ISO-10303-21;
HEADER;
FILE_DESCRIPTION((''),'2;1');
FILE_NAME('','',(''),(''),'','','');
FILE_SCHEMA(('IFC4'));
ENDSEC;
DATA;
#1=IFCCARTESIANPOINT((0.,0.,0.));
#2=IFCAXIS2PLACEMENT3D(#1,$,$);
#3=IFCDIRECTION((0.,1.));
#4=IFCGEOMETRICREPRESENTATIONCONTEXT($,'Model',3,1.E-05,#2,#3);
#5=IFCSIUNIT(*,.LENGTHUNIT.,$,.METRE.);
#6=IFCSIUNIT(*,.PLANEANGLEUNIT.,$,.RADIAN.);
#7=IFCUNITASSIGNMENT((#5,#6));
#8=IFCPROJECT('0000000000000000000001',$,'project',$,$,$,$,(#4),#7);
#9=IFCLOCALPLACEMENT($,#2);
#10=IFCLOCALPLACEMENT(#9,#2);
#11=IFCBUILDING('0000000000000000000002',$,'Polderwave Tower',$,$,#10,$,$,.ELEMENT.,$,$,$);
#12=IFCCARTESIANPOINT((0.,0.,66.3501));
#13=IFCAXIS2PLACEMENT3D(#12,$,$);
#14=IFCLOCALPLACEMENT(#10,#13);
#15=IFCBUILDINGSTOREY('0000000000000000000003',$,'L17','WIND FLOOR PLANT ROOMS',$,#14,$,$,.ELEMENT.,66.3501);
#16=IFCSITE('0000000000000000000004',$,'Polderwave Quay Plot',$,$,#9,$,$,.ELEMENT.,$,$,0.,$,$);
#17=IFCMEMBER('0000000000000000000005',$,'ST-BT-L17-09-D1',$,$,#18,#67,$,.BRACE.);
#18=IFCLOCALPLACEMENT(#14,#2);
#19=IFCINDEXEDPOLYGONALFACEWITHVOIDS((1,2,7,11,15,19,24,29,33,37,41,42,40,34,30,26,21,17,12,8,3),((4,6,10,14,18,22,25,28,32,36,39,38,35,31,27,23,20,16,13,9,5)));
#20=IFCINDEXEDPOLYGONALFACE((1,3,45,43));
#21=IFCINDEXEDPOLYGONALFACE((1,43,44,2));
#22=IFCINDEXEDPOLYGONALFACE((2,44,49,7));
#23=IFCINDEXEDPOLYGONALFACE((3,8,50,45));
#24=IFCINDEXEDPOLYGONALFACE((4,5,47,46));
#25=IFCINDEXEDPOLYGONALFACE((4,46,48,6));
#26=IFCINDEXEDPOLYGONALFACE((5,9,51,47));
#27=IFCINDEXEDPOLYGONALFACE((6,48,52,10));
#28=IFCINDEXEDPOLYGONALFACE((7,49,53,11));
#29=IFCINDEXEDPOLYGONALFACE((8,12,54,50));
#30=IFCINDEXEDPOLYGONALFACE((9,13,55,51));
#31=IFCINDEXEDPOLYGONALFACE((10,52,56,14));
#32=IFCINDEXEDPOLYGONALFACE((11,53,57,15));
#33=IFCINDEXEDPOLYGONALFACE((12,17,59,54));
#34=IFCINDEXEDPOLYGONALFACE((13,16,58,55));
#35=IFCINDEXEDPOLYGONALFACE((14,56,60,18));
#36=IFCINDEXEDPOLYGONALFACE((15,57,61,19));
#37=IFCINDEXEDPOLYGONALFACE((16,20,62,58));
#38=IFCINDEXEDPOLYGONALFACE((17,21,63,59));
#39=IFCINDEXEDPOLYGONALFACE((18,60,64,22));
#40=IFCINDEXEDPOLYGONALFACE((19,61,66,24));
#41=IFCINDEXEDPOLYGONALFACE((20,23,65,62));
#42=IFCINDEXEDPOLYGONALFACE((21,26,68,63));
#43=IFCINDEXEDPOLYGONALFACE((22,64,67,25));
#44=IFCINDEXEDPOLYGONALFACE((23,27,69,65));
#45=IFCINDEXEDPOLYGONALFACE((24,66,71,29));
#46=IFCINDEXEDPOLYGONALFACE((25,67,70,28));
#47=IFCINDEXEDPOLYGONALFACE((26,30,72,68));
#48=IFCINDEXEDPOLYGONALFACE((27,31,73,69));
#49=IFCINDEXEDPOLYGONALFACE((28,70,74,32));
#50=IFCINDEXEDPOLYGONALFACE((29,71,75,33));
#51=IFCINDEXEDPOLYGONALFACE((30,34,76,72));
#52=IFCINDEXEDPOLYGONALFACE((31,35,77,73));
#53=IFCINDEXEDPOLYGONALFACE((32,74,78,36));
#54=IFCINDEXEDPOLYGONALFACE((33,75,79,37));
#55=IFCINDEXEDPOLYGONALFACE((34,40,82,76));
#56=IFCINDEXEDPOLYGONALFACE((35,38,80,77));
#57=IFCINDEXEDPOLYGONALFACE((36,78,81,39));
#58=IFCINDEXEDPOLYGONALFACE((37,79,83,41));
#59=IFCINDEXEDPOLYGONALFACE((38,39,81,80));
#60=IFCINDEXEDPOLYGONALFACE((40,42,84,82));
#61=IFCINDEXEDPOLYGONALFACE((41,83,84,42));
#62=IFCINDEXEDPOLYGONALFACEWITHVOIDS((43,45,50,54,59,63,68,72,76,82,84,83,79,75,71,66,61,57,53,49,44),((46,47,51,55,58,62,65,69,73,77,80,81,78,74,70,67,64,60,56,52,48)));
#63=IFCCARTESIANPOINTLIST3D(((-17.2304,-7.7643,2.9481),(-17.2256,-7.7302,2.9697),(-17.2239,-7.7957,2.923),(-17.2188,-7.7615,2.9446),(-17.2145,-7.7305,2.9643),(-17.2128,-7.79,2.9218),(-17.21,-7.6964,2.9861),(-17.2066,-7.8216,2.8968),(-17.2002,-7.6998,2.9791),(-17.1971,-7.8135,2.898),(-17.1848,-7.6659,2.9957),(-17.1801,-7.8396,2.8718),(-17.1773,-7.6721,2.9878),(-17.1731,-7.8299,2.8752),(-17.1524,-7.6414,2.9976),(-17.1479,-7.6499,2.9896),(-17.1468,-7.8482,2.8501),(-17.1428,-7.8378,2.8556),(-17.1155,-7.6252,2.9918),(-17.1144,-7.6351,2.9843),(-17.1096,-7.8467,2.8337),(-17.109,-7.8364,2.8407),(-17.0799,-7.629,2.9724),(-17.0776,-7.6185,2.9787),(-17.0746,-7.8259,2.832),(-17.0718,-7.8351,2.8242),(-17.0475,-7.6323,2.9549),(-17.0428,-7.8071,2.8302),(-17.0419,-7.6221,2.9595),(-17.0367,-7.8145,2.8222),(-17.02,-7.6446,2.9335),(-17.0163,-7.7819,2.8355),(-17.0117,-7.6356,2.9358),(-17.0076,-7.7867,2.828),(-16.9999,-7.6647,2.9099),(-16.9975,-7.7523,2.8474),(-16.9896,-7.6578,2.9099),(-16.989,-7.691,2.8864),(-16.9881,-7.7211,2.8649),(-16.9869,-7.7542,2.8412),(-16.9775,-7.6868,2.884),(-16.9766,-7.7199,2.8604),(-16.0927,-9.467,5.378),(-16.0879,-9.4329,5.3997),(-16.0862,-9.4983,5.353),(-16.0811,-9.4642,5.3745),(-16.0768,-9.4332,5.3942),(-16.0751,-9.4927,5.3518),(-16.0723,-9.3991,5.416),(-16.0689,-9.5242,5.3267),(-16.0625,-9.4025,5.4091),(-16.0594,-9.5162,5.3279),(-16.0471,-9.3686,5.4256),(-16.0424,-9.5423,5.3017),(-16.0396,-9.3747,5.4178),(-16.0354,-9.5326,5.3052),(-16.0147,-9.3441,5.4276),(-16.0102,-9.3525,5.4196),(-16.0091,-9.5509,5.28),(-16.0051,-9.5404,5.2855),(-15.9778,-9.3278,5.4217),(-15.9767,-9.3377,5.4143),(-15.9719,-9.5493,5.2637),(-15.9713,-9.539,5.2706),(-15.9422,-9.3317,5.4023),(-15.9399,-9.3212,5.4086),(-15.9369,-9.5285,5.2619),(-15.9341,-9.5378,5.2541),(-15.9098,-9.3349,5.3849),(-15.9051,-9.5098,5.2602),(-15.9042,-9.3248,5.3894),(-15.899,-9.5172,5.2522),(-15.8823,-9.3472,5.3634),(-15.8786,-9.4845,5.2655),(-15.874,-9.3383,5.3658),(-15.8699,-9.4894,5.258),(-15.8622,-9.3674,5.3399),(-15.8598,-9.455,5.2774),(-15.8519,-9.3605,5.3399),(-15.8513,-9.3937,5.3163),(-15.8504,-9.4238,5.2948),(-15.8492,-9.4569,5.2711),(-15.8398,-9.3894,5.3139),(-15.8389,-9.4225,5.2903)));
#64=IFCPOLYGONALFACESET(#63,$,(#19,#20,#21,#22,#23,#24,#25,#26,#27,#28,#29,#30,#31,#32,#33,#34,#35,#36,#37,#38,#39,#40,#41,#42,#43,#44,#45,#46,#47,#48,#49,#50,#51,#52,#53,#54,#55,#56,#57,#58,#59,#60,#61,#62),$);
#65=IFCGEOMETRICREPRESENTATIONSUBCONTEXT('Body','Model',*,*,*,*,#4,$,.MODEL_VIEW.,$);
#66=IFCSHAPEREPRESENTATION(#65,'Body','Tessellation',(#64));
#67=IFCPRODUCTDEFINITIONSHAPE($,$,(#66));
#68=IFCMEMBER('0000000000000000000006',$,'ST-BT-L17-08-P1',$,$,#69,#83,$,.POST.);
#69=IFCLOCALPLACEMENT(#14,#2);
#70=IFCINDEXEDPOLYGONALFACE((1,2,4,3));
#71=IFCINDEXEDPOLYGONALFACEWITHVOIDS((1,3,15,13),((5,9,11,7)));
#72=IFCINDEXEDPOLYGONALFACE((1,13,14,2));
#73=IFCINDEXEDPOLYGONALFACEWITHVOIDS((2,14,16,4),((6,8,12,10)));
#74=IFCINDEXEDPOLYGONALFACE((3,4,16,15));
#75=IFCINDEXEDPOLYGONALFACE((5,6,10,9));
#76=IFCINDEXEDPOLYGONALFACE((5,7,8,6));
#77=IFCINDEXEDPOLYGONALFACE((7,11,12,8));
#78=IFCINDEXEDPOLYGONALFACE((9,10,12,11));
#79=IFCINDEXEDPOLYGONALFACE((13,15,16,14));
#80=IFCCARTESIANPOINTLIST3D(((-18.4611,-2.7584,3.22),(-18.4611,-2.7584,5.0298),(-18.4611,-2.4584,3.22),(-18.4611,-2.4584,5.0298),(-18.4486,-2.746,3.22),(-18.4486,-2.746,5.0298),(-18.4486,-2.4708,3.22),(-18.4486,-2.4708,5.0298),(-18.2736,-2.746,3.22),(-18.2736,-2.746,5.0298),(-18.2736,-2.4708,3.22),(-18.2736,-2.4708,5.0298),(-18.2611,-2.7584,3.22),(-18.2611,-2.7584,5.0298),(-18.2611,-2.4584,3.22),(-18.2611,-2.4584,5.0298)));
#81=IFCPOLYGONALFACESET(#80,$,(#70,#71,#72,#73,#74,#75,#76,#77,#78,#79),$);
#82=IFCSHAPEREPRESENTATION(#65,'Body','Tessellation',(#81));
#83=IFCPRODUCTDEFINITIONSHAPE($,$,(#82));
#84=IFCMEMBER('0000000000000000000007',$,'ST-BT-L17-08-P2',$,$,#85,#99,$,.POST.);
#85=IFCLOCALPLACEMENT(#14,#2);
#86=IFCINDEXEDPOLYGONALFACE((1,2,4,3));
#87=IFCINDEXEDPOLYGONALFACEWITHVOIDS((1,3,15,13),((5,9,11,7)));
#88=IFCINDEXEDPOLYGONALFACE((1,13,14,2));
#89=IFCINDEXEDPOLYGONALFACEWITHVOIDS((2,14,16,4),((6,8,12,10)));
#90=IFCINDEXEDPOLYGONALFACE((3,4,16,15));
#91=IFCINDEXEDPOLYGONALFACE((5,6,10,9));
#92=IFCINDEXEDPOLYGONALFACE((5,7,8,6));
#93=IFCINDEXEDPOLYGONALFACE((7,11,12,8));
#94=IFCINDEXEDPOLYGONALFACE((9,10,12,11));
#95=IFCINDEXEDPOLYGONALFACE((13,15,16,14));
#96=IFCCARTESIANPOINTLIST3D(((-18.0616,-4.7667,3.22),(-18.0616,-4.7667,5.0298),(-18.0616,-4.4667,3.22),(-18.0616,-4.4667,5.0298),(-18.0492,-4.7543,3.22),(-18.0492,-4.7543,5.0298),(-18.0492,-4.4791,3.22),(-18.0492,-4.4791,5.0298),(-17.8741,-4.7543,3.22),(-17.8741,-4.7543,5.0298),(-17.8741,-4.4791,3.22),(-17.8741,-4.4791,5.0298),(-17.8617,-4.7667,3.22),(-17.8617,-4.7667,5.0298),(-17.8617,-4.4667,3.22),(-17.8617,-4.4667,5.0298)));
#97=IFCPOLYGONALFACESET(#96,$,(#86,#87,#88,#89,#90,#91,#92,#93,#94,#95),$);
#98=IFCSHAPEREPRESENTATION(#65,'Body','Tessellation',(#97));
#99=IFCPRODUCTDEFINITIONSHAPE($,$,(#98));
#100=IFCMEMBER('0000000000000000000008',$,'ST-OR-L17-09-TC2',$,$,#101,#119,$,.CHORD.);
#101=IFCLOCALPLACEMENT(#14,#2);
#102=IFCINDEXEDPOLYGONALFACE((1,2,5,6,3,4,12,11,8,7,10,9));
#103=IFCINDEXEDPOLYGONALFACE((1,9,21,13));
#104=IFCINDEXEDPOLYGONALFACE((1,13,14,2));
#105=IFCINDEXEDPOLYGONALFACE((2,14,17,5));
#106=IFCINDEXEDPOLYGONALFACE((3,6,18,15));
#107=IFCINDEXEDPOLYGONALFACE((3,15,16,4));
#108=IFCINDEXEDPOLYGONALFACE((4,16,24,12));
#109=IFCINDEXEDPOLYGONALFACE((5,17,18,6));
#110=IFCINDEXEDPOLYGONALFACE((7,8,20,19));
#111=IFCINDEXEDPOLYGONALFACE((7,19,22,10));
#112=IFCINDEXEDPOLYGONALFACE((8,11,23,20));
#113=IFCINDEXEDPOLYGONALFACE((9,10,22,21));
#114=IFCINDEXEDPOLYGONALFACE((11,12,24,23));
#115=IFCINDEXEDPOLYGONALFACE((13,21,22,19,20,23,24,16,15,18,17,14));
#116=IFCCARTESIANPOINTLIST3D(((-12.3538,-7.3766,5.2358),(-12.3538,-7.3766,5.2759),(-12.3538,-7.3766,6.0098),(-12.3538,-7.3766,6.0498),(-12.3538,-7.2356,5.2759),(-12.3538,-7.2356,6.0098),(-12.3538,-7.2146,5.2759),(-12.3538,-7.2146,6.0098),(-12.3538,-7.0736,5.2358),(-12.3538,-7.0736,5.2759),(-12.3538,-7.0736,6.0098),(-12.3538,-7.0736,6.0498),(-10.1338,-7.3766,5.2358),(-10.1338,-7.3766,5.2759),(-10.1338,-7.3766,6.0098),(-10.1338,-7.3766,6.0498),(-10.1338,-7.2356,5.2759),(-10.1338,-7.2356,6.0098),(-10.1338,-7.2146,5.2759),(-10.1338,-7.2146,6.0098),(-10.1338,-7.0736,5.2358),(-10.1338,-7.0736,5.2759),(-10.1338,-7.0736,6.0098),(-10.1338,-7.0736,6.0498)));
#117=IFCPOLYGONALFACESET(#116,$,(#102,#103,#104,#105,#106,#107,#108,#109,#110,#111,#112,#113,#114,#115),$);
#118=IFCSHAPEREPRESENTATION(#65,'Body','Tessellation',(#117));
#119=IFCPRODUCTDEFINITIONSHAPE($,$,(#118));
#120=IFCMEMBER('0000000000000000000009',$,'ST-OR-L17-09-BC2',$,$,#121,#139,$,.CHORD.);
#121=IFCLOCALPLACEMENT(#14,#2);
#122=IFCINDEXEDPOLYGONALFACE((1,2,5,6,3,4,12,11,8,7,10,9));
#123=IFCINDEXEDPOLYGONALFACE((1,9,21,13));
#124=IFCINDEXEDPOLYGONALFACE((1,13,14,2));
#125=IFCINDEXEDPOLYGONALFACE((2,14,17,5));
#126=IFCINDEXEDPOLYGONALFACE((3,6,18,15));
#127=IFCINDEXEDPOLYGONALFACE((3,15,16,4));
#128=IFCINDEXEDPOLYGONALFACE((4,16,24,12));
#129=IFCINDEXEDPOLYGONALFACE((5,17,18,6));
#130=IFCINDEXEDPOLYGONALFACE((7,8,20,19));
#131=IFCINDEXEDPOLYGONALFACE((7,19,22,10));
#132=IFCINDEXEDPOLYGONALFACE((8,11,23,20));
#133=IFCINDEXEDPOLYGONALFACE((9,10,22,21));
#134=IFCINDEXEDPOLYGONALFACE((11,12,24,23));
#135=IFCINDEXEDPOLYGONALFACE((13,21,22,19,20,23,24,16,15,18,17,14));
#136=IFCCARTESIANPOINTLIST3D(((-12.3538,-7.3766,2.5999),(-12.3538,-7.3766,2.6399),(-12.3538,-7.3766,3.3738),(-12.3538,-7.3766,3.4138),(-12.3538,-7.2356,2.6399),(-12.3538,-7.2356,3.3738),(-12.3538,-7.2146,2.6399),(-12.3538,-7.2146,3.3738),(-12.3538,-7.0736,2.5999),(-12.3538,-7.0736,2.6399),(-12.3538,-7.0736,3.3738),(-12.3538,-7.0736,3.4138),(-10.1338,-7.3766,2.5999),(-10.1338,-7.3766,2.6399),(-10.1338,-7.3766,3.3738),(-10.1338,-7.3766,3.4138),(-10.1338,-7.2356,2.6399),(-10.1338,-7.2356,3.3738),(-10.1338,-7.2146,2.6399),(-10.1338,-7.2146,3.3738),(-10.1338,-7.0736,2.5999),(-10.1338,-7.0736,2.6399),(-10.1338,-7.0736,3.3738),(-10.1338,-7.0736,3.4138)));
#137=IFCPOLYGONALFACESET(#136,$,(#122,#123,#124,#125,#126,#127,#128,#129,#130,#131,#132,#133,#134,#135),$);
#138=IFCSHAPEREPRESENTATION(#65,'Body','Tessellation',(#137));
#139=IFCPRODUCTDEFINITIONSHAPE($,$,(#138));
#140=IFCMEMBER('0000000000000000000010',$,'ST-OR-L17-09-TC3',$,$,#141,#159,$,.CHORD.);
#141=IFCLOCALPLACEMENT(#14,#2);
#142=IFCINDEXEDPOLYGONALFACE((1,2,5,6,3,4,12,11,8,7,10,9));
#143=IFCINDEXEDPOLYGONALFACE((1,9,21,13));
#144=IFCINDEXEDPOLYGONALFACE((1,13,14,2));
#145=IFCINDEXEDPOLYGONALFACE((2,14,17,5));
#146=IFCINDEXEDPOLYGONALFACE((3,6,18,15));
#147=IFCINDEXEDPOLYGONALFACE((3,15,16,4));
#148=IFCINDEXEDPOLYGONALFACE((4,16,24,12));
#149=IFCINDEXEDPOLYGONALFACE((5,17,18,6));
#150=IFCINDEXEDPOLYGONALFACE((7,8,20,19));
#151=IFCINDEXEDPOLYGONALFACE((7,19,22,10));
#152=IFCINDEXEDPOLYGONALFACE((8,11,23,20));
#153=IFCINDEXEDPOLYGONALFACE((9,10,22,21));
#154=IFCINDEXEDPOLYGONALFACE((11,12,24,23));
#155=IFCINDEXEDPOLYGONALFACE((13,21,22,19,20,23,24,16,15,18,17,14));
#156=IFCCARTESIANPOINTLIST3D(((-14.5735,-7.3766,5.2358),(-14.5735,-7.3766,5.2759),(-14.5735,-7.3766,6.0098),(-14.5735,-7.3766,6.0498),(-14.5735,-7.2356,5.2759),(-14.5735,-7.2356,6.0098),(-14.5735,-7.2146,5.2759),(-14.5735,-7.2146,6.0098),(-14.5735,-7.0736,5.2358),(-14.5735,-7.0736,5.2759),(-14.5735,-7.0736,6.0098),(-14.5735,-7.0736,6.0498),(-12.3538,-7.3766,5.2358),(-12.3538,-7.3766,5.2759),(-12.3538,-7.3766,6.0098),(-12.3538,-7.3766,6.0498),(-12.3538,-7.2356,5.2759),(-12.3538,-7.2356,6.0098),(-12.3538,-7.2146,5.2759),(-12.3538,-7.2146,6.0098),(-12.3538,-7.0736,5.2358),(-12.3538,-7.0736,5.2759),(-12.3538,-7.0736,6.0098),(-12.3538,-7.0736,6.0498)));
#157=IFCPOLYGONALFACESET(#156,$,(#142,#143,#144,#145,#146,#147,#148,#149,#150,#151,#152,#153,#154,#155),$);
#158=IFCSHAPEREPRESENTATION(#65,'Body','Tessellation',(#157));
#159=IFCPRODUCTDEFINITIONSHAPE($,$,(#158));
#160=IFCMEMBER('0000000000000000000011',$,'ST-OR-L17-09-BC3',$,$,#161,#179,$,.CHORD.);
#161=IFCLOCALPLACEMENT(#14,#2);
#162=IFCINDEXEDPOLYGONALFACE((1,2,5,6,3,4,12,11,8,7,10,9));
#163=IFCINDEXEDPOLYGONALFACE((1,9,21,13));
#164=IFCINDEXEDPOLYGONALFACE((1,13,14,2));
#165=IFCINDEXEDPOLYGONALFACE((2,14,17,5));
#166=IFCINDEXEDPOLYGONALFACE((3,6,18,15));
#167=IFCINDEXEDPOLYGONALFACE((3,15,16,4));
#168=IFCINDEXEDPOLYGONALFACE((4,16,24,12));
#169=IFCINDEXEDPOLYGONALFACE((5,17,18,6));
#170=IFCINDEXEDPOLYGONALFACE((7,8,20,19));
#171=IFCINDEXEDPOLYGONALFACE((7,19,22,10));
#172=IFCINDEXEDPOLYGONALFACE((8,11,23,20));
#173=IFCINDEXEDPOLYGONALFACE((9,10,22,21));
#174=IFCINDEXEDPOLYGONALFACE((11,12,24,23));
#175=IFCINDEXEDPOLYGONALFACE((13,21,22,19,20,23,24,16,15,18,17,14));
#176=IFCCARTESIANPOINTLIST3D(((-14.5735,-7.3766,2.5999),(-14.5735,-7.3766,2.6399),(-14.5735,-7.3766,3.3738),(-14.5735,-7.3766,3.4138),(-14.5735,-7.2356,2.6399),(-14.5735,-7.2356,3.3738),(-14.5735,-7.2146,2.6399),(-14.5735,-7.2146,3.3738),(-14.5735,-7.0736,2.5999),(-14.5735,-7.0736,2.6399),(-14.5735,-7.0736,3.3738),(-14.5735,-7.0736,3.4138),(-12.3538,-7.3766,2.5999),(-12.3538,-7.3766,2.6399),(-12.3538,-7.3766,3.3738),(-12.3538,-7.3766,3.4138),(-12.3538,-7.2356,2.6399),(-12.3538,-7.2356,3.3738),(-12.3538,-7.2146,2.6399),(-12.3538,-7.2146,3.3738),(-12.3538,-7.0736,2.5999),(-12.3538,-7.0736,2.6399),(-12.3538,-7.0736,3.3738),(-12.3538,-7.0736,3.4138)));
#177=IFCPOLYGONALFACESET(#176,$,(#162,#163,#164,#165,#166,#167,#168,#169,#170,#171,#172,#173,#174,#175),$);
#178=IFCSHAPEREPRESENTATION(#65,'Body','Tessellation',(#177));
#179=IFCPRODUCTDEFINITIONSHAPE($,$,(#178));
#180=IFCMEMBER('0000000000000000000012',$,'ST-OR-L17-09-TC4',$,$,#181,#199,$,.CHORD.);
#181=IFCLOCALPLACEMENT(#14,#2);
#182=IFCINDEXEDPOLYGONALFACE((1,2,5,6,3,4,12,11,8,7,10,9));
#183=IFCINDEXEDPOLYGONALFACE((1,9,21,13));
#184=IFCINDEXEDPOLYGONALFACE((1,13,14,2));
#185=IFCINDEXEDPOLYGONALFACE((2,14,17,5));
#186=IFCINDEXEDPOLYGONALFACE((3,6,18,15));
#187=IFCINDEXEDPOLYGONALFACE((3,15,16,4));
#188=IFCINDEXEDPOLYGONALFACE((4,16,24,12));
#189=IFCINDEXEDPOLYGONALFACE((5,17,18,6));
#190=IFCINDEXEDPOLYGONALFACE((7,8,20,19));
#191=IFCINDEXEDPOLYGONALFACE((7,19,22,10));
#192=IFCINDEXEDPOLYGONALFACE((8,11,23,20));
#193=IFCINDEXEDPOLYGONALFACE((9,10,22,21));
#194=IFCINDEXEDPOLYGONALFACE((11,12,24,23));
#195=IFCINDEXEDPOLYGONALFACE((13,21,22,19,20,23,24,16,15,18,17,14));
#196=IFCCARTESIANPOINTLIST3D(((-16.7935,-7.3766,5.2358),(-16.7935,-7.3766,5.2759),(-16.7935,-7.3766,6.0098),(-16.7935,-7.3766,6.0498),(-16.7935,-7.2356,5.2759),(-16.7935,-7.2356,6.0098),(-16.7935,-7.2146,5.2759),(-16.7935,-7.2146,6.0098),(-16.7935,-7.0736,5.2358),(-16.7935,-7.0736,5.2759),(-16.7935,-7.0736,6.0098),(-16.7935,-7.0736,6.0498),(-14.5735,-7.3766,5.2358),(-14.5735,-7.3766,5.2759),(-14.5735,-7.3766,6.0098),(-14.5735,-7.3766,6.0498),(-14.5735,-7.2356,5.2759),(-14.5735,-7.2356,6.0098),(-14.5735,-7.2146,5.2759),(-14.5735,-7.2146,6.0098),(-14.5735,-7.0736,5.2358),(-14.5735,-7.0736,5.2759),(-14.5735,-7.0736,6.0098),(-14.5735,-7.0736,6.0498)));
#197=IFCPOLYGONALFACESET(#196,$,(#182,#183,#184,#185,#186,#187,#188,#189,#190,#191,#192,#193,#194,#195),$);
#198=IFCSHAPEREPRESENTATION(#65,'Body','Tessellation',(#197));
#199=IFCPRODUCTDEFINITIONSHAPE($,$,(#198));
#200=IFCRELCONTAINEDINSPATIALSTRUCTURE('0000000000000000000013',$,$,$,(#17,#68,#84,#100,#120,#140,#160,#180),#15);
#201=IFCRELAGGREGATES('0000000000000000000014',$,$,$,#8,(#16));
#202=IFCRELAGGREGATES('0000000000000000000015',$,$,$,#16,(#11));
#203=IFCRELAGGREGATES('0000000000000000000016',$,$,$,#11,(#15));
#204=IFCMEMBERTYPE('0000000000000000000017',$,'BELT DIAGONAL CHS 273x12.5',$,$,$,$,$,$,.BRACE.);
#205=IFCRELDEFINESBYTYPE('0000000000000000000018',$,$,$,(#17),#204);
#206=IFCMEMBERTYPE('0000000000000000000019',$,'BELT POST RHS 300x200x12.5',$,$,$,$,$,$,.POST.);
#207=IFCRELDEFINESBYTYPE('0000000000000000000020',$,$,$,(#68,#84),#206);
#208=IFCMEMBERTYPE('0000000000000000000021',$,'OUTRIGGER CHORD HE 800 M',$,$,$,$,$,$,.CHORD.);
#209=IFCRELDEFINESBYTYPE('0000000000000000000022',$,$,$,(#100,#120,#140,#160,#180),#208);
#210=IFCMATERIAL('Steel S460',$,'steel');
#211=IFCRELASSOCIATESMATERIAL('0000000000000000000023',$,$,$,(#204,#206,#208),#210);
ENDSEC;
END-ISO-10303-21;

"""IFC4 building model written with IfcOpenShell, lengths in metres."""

from ifc_helpers import new_model, si_unit, direction, frame, origin, origin_2d, place, context, subcontext, project, spatial, hollow_rectangle, hollow_circle, i_section, extrude, material, material_profile, profile_set, type_object, element, save


model = new_model("IFC4")

# Units and contexts
model_context = context("Model", 3, precision=1e-05, world=origin(), true_north=direction((0.0, 1.0)))
body_context = subcontext(model_context, "Body", "Model", "MODEL_VIEW")
ifc_project = project(units=[si_unit("LENGTHUNIT", "METRE"), si_unit("PLANEANGLEUNIT", "RADIAN")], contexts=[model_context])

# Site, building, storey
site_placement = place(None, origin())
site = spatial("IfcSite", under=ifc_project, at=site_placement, Name="Polderwave Quay Plot", CompositionType="ELEMENT", RefElevation=0.0)
building_placement = place(site_placement, origin())
building = spatial("IfcBuilding", under=site, at=building_placement, Name="Polderwave Tower", CompositionType="ELEMENT")
storey_placement = place(building_placement, frame((0.0, 0.0, 66.3501)))
storey = spatial("IfcBuildingStorey", under=building, at=storey_placement, Name="L17", Description="WIND FLOOR PLANT ROOMS", CompositionType="ELEMENT", Elevation=66.3501)

# Members
ifc_material_1 = material(Name="Steel S460", Category="steel")
ifc_material_profile_1 = material_profile(ifc_material_1, hollow_circle(Radius=0.1365, WallThickness=0.0125, at=origin_2d()), Name="CHS 273x12.5")
ifc_profile_set_1 = profile_set([ifc_material_profile_1], Name="Steel S460")
member_type_1 = type_object("IfcMemberType", Name="BELT DIAGONAL CHS 273x12.5", PredefinedType="BRACE", material=ifc_profile_set_1)
for number, where, z_axis, x_axis, name in (
    (1, (-17.103, -7.7336, 2.9099), (0.358023, -0.535805, 0.764678), (0.831463, 0.55558, 0.0), "ST-BT-L17-09-D1"),
):
    element("IfcMember", number, at=place(storey_placement, frame(where, z_axis=z_axis, x_axis=x_axis)), inside=storey, type_object=member_type_1, Name=name, PredefinedType="BRACE", context=body_context, shape_type="SweptSolid", body=[
        extrude(hollow_circle(Radius=0.1365, WallThickness=0.0125, at=origin_2d()), origin(), (0.0, 0.0, 1.0), 3.1777),
    ])
ifc_material_profile_2 = material_profile(ifc_material_1, hollow_rectangle(XDim=0.2, YDim=0.3, WallThickness=0.0125, at=origin_2d()), Name="RHS 300x200x12.5")
ifc_profile_set_2 = profile_set([ifc_material_profile_2], Name="Steel S460")
member_type_2 = type_object("IfcMemberType", Name="BELT POST RHS 300x200x12.5", PredefinedType="POST", material=ifc_profile_set_2)
for number, where, z_axis, x_axis, name in (
    (2, (-18.3611, -2.6084, 3.22), (0.0, 0.0, 1.0), (1.0, 0.0, 0.0), "ST-BT-L17-08-P1"),
    (3, (-17.9617, -4.6167, 3.22), (0.0, 0.0, 1.0), (1.0, 0.0, 0.0), "ST-BT-L17-08-P2"),
):
    element("IfcMember", number, at=place(storey_placement, frame(where, z_axis=z_axis, x_axis=x_axis)), inside=storey, type_object=member_type_2, Name=name, PredefinedType="POST", context=body_context, shape_type="SweptSolid", body=[
        extrude(hollow_rectangle(XDim=0.2, YDim=0.3, WallThickness=0.0125, at=origin_2d()), origin(), (0.0, 0.0, 1.0), 1.8098),
    ])
ifc_material_profile_3 = material_profile(ifc_material_1, i_section(OverallWidth=0.303, OverallDepth=0.814, WebThickness=0.021, FlangeThickness=0.04, at=origin_2d()), Name="HE 800 M")
ifc_profile_set_3 = profile_set([ifc_material_profile_3], Name="Steel S460")
member_type_3 = type_object("IfcMemberType", Name="OUTRIGGER CHORD HE 800 M", PredefinedType="CHORD", material=ifc_profile_set_3)
for number, where, z_axis, x_axis, name in (
    (4, (-10.1338, -7.2251, 5.6428), (-1.0, 0.0, 0.0), (0.0, -1.0, 0.0), "ST-OR-L17-09-TC2"),
    (5, (-10.1338, -7.2251, 3.0068), (-1.0, 0.0, 0.0), (0.0, -1.0, 0.0), "ST-OR-L17-09-BC2"),
):
    element("IfcMember", number, at=place(storey_placement, frame(where, z_axis=z_axis, x_axis=x_axis)), inside=storey, type_object=member_type_3, Name=name, PredefinedType="CHORD", context=body_context, shape_type="SweptSolid", body=[
        extrude(i_section(OverallWidth=0.303, OverallDepth=0.814, WebThickness=0.021, FlangeThickness=0.04, at=origin_2d()), origin(), (0.0, 0.0, 1.0), 2.22),
    ])
for number, where, z_axis, x_axis, name in (
    (6, (-12.3538, -7.2251, 5.6428), (-1.0, 0.0, 0.0), (0.0, -1.0, 0.0), "ST-OR-L17-09-TC3"),
    (7, (-12.3538, -7.2251, 3.0068), (-1.0, 0.0, 0.0), (0.0, -1.0, 0.0), "ST-OR-L17-09-BC3"),
):
    element("IfcMember", number, at=place(storey_placement, frame(where, z_axis=z_axis, x_axis=x_axis)), inside=storey, type_object=member_type_3, Name=name, PredefinedType="CHORD", context=body_context, shape_type="SweptSolid", body=[
        extrude(i_section(OverallWidth=0.303, OverallDepth=0.814, WebThickness=0.021, FlangeThickness=0.04, at=origin_2d()), origin(), (0.0, 0.0, 1.0), 2.2197),
    ])
for number, where, z_axis, x_axis, name in (
    (8, (-14.5735, -7.2251, 5.6428), (-1.0, 0.0, 0.0), (0.0, -1.0, 0.0), "ST-OR-L17-09-TC4"),
):
    element("IfcMember", number, at=place(storey_placement, frame(where, z_axis=z_axis, x_axis=x_axis)), inside=storey, type_object=member_type_3, Name=name, PredefinedType="CHORD", context=body_context, shape_type="SweptSolid", body=[
        extrude(i_section(OverallWidth=0.303, OverallDepth=0.814, WebThickness=0.021, FlangeThickness=0.04, at=origin_2d()), origin(), (0.0, 0.0, 1.0), 2.22),
    ])

save(model, "model.ifc")
